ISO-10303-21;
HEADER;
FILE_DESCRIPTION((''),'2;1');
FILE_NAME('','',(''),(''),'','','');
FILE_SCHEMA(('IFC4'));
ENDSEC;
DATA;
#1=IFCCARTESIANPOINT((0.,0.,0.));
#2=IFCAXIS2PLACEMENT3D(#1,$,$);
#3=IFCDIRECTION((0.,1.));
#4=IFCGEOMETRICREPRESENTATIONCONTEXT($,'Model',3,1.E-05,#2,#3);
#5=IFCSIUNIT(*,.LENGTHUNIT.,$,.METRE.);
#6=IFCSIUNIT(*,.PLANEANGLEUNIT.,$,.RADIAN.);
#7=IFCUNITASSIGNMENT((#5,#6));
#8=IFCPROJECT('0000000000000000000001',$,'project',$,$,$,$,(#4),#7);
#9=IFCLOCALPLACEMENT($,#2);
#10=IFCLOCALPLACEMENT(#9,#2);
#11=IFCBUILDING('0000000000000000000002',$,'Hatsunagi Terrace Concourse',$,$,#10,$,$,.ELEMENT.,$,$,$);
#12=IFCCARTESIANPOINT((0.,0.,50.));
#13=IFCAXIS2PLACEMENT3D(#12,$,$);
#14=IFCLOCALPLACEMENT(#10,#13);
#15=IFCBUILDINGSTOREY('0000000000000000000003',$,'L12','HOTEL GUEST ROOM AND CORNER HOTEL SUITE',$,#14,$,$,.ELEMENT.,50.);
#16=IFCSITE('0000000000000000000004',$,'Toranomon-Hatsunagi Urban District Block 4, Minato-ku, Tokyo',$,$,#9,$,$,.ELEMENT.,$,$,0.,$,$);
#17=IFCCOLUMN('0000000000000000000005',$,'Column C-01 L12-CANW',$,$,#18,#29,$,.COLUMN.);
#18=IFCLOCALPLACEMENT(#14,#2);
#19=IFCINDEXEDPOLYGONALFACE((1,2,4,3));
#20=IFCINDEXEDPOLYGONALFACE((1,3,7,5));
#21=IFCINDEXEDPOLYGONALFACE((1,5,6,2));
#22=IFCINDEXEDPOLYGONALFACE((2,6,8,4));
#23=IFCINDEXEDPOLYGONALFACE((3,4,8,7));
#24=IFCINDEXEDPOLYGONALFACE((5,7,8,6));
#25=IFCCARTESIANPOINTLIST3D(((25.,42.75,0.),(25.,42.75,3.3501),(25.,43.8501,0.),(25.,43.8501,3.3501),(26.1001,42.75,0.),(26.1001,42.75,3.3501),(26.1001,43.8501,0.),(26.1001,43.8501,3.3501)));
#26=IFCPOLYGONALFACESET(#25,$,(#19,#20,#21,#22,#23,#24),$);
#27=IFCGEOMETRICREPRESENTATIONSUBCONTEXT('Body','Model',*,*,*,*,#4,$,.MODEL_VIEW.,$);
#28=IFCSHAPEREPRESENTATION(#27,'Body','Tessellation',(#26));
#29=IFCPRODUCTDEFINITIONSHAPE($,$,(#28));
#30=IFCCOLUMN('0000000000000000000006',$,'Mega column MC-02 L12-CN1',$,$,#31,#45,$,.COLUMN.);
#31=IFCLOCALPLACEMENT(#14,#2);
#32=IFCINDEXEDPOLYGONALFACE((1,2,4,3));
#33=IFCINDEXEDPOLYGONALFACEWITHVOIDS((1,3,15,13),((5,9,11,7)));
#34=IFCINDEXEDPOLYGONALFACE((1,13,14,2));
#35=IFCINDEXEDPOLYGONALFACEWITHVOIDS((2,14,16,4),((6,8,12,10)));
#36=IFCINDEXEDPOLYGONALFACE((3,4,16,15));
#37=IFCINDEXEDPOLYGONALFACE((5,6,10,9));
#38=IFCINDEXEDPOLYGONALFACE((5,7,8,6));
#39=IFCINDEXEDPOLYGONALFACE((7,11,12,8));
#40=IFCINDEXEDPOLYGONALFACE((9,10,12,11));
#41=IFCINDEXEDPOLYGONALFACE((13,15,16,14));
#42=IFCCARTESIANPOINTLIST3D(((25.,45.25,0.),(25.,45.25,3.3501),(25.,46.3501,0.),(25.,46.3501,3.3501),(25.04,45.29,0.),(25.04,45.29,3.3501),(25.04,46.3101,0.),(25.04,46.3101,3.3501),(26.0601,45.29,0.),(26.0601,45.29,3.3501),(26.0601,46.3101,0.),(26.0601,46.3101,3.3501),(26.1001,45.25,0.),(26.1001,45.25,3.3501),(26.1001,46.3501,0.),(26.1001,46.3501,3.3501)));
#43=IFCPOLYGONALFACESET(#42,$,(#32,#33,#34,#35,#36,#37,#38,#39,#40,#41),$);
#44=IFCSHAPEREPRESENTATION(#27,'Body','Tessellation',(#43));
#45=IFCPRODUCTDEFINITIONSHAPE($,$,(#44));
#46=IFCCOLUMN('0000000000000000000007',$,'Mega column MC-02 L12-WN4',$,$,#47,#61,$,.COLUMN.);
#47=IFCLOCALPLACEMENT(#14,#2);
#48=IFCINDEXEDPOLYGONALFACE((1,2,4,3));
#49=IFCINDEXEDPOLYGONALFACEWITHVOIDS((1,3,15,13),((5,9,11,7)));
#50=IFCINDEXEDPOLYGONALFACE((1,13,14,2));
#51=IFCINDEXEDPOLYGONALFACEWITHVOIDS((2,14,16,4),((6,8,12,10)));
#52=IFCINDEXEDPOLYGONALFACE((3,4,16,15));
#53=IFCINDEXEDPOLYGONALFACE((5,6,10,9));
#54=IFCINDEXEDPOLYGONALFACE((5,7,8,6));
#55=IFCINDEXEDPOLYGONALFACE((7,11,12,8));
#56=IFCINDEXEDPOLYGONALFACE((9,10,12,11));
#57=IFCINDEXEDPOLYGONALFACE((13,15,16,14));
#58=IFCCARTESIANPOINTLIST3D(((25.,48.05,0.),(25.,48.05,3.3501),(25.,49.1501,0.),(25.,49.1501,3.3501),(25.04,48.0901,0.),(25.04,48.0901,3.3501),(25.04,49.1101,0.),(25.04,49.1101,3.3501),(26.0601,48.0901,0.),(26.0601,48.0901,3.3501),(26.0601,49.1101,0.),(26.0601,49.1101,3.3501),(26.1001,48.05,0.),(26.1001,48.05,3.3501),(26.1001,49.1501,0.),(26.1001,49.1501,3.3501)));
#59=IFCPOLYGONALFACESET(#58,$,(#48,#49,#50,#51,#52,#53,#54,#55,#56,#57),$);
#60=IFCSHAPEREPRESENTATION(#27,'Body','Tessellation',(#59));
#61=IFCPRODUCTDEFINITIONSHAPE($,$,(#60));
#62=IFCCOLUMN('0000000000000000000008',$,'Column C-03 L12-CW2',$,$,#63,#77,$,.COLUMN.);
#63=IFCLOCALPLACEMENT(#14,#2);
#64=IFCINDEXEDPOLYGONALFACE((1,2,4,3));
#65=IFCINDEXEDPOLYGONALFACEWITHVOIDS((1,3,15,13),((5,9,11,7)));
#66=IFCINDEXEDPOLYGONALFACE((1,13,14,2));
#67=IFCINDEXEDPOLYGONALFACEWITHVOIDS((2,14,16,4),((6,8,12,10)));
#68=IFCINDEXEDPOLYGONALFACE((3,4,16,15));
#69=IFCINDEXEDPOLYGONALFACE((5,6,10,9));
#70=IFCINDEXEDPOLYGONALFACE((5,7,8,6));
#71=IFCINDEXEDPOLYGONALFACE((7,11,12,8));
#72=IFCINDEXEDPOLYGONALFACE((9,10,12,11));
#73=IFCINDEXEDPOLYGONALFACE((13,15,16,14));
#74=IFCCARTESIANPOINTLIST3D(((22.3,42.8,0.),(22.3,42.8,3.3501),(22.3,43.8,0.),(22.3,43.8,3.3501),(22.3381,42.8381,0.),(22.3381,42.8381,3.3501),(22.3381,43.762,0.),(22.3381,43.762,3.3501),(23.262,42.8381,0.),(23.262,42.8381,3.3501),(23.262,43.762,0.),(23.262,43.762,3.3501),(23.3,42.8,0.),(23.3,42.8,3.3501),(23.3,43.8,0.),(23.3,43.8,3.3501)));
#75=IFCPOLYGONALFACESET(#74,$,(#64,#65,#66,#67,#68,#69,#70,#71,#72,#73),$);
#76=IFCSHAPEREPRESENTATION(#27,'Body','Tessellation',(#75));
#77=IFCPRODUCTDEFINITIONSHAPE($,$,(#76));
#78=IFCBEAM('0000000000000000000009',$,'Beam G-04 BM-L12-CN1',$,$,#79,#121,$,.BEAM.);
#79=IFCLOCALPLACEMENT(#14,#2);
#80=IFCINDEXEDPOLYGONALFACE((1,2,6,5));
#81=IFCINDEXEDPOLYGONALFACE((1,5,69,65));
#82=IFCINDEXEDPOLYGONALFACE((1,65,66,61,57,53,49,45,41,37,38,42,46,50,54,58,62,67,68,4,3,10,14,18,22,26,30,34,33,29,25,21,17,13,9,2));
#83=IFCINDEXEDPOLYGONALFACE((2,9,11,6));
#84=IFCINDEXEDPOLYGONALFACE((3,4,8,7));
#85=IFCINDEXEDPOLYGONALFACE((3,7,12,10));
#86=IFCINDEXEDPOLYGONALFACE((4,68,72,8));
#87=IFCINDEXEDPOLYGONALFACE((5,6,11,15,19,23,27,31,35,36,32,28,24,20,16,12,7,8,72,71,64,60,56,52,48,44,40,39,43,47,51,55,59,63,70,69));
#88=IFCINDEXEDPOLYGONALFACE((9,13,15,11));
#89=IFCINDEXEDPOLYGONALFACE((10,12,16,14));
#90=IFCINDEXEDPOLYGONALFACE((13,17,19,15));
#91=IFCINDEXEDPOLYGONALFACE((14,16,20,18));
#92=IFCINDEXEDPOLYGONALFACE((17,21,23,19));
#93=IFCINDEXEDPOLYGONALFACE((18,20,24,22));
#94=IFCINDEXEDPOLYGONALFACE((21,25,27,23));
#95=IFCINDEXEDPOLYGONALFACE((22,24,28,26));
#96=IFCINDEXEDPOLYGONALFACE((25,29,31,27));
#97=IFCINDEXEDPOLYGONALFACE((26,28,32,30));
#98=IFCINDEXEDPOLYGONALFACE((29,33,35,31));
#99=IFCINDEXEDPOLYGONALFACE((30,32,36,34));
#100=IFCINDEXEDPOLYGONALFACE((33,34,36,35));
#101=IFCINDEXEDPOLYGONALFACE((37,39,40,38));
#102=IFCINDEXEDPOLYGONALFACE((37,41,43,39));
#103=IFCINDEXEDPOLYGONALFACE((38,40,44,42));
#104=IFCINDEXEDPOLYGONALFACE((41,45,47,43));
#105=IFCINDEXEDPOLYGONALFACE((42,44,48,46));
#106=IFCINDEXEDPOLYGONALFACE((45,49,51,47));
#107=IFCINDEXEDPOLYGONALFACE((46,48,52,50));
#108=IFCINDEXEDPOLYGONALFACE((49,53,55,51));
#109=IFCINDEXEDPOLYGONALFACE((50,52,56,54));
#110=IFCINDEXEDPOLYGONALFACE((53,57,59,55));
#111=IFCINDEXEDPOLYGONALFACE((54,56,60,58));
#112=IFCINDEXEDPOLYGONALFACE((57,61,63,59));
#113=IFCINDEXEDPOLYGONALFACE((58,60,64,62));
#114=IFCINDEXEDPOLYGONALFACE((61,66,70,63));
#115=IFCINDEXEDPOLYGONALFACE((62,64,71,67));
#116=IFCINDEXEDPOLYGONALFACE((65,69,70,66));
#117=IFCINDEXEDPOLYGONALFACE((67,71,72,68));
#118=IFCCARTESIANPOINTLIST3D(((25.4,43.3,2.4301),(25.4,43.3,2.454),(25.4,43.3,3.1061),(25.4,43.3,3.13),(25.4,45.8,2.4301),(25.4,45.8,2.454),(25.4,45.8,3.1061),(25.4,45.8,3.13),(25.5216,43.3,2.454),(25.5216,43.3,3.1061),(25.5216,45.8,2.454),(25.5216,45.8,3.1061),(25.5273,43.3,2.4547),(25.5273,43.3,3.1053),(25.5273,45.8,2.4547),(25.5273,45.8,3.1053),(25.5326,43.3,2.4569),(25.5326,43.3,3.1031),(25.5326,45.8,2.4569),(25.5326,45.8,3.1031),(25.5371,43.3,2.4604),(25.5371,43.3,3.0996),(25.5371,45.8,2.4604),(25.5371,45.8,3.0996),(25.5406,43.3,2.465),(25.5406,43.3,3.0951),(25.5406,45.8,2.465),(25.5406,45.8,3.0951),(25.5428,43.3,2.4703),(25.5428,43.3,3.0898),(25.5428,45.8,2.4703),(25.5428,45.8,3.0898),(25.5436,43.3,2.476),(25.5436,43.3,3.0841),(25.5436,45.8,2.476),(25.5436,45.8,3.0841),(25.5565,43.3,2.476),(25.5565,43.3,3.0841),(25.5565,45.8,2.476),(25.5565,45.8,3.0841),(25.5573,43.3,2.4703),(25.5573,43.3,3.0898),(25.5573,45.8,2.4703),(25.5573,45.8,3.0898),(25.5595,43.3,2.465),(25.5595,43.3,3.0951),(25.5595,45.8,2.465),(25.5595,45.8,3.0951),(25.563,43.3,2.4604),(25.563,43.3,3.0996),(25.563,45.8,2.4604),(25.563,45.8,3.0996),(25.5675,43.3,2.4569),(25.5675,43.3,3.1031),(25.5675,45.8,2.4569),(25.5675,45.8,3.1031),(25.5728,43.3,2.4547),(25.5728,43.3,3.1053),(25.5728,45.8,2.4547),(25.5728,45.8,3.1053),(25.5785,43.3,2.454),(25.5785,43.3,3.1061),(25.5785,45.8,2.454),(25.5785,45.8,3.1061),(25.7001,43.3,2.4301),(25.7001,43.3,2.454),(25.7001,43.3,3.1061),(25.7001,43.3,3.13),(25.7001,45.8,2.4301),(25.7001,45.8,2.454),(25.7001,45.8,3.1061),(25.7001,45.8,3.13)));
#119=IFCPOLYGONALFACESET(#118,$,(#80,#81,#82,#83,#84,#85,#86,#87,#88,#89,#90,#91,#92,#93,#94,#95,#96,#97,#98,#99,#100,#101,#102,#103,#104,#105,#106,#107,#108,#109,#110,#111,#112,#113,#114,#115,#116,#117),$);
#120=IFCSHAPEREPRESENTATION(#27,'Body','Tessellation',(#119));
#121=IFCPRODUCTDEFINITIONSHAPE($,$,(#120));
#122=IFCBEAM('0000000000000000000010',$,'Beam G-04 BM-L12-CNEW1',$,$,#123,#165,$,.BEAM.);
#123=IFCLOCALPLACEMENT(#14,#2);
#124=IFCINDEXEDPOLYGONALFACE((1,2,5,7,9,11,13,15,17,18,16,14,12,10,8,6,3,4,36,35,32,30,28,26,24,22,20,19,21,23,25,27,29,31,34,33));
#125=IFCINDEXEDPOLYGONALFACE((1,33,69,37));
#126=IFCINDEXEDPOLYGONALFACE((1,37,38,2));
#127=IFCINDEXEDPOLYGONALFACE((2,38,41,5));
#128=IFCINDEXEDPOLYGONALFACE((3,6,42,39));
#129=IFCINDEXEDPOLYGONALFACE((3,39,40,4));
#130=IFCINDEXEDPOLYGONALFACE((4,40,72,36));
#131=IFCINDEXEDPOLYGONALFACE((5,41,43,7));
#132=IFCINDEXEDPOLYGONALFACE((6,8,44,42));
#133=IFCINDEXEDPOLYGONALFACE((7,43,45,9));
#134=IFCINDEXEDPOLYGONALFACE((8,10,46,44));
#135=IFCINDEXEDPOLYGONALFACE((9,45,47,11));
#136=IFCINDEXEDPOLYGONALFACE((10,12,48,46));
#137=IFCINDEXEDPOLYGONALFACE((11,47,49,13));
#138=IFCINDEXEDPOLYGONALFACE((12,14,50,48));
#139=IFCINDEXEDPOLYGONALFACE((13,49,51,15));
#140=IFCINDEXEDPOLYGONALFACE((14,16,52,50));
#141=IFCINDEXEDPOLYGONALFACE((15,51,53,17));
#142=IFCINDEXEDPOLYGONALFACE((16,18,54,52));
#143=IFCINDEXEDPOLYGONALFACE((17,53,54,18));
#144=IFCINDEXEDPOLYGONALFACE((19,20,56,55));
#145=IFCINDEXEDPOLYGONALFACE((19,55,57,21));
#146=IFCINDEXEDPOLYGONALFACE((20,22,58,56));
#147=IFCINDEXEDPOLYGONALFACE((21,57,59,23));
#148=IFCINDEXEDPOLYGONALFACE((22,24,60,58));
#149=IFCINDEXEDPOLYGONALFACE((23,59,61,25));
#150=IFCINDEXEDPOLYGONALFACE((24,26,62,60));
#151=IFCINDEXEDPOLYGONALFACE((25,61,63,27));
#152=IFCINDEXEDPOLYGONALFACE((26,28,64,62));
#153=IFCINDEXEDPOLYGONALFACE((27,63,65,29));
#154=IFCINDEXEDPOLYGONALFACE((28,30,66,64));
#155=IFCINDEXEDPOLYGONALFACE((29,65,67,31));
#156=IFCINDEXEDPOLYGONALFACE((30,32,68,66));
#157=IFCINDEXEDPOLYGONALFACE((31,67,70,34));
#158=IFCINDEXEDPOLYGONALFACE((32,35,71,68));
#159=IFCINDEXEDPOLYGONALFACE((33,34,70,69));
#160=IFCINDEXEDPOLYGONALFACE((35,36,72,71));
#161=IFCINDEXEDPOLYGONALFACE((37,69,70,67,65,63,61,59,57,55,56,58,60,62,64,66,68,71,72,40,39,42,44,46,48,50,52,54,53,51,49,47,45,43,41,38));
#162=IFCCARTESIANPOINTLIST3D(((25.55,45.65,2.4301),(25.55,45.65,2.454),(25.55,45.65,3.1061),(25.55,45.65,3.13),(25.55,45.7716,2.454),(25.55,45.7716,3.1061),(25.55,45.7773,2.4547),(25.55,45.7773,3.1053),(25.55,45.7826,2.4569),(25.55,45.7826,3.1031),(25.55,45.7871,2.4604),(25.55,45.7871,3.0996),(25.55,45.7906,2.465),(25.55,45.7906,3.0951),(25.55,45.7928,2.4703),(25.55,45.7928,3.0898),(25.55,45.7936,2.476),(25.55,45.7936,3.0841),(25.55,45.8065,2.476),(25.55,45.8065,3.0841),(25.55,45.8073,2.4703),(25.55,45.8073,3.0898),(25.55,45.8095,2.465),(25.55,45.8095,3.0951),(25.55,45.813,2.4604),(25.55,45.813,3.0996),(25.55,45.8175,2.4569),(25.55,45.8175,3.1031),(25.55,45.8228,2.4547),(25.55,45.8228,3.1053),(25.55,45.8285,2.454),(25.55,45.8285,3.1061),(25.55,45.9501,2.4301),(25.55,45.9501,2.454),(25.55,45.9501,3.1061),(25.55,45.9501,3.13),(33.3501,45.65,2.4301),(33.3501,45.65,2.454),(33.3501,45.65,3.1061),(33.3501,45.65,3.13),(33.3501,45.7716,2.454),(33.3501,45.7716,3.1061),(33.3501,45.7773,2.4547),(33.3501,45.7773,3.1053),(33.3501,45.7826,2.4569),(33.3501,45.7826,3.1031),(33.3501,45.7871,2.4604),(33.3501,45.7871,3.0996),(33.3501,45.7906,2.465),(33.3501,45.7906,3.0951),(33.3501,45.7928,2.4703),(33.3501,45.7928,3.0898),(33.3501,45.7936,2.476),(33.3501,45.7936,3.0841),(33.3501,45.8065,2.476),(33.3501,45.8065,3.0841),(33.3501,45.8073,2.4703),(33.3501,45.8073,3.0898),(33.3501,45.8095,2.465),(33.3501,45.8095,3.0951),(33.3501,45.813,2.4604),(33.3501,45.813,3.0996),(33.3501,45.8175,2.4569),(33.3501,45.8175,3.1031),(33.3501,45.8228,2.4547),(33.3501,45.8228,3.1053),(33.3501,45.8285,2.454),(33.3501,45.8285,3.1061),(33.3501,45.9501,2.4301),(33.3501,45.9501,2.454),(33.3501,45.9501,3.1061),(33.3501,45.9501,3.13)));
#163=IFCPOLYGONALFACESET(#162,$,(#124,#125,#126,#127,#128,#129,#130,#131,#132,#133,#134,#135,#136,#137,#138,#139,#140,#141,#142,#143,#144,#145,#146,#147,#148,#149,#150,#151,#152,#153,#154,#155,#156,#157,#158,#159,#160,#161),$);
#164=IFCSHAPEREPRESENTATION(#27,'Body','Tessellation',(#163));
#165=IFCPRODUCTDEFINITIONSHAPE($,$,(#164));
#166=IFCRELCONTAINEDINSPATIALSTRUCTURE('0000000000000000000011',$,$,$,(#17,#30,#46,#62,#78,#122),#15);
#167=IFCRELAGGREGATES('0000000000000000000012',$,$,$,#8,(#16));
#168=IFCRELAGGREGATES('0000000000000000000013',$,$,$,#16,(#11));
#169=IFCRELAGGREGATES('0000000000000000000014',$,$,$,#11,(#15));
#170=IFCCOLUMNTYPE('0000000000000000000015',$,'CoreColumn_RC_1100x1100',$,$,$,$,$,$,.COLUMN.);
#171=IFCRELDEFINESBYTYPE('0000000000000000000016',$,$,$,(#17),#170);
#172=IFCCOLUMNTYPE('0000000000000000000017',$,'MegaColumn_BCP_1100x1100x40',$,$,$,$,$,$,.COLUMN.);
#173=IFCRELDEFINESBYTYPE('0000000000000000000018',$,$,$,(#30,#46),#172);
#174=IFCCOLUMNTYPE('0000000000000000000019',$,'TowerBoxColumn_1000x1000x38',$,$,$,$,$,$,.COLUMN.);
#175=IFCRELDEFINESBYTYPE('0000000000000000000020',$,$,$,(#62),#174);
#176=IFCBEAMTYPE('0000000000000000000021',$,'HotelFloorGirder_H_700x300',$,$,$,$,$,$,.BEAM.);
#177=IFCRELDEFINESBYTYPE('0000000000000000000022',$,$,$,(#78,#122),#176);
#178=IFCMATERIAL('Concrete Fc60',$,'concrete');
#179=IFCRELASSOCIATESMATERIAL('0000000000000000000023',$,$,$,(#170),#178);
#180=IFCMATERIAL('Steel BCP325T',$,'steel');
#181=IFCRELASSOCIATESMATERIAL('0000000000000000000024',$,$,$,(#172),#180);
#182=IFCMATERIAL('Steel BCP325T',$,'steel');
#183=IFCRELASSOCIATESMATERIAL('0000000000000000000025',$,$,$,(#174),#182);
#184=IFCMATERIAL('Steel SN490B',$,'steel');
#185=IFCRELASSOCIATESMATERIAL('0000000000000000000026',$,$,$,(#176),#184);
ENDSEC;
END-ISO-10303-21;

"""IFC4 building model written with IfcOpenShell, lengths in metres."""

from ifc_helpers import new_model, si_unit, direction, frame, origin, origin_2d, place, context, subcontext, project, spatial, rectangle, hollow_rectangle, i_section, extrude, material, material_profile, profile_set, type_object, element, save


model = new_model("IFC4")

# Units and contexts
model_context = context("Model", 3, precision=1e-05, world=origin(), true_north=direction((0.0, 1.0)))
body_context = subcontext(model_context, "Body", "Model", "MODEL_VIEW")
ifc_project = project(units=[si_unit("LENGTHUNIT", "METRE"), si_unit("PLANEANGLEUNIT", "RADIAN")], contexts=[model_context])

# Site, building, storey
site_placement = place(None, origin())
site = spatial("IfcSite", under=ifc_project, at=site_placement, Name="Toranomon-Hatsunagi Urban District Block 4, Minato-ku, Tokyo", CompositionType="ELEMENT", RefElevation=0.0)
building_placement = place(site_placement, origin())
building = spatial("IfcBuilding", under=site, at=building_placement, Name="Hatsunagi Terrace Concourse", CompositionType="ELEMENT")
storey_placement = place(building_placement, frame((0.0, 0.0, 50.0)))
storey = spatial("IfcBuildingStorey", under=building, at=storey_placement, Name="L12", Description="HOTEL GUEST ROOM AND CORNER HOTEL SUITE", CompositionType="ELEMENT", Elevation=50.0)

# Columns
ifc_material_1 = material(Name="Concrete Fc60", Category="concrete")
ifc_material_profile_1 = material_profile(ifc_material_1, rectangle(XDim=1.1001, YDim=1.1001, at=origin_2d()), Name="RC-1100x1100")
ifc_profile_set_1 = profile_set([ifc_material_profile_1], Name="Concrete Fc60")
column_type_1 = type_object("IfcColumnType", Name="CoreColumn_RC_1100x1100", PredefinedType="COLUMN", material=ifc_profile_set_1)
column_1_placement = place(storey_placement, frame((25.55, 43.3, 0.0), z_axis=(0.0, 0.0, 1.0), x_axis=(1.0, 0.0, 0.0)))
element("IfcColumn", 1, at=column_1_placement, inside=storey, type_object=column_type_1, Name="Column C-01 L12-CANW", PredefinedType="COLUMN", context=body_context, shape_type="SweptSolid", body=[
    extrude(rectangle(XDim=1.1001, YDim=1.1001, at=origin_2d()), origin(), (0.0, 0.0, 1.0), 3.3501),
])
ifc_material_2 = material(Name="Steel BCP325T", Category="steel")
ifc_material_profile_2 = material_profile(ifc_material_2, hollow_rectangle(XDim=1.1001, YDim=1.1001, WallThickness=0.04, at=origin_2d()), Name="BCP-1100x1100x40")
ifc_profile_set_2 = profile_set([ifc_material_profile_2], Name="Steel BCP325T")
column_type_2 = type_object("IfcColumnType", Name="MegaColumn_BCP_1100x1100x40", PredefinedType="COLUMN", material=ifc_profile_set_2)
for number, where, z_axis, x_axis, name in (
    (2, (25.55, 45.8, 0.0), (0.0, 0.0, 1.0), (1.0, 0.0, 0.0), "Mega column MC-02 L12-CN1"),
    (3, (25.55, 48.6001, 0.0), (0.0, 0.0, 1.0), (1.0, 0.0, 0.0), "Mega column MC-02 L12-WN4"),
):
    element("IfcColumn", number, at=place(storey_placement, frame(where, z_axis=z_axis, x_axis=x_axis)), inside=storey, type_object=column_type_2, Name=name, PredefinedType="COLUMN", context=body_context, shape_type="SweptSolid", body=[
        extrude(hollow_rectangle(XDim=1.1001, YDim=1.1001, WallThickness=0.04, at=origin_2d()), origin(), (0.0, 0.0, 1.0), 3.3501),
    ])
ifc_material_3 = material(Name="Steel BCP325T", Category="steel")
ifc_material_profile_3 = material_profile(ifc_material_3, hollow_rectangle(XDim=1.0, YDim=1.0, WallThickness=0.0381, at=origin_2d()), Name="BCP-1000x1000x38")
ifc_profile_set_3 = profile_set([ifc_material_profile_3], Name="Steel BCP325T")
column_type_3 = type_object("IfcColumnType", Name="TowerBoxColumn_1000x1000x38", PredefinedType="COLUMN", material=ifc_profile_set_3)
column_2_placement = place(storey_placement, frame((22.8, 43.3, 0.0), z_axis=(0.0, 0.0, 1.0), x_axis=(1.0, 0.0, 0.0)))
element("IfcColumn", 4, at=column_2_placement, inside=storey, type_object=column_type_3, Name="Column C-03 L12-CW2", PredefinedType="COLUMN", context=body_context, shape_type="SweptSolid", body=[
    extrude(hollow_rectangle(XDim=1.0, YDim=1.0, WallThickness=0.0381, at=origin_2d()), origin(), (0.0, 0.0, 1.0), 3.3501),
])

# Beams
ifc_material_4 = material(Name="Steel SN490B", Category="steel")
ifc_material_profile_4 = material_profile(ifc_material_4, i_section(OverallWidth=0.3, OverallDepth=0.7, WebThickness=0.0129, FlangeThickness=0.0239, FilletRadius=0.022, at=origin_2d()), Name="H-700x300x13x24")
ifc_profile_set_4 = profile_set([ifc_material_profile_4], Name="Steel SN490B")
beam_type_1 = type_object("IfcBeamType", Name="HotelFloorGirder_H_700x300", PredefinedType="BEAM", material=ifc_profile_set_4)
beam_1_placement = place(storey_placement, frame((25.55, 43.3, 2.78), z_axis=(0.0, 1.0, 0.0), x_axis=(-1.0, 0.0, 0.0)))
element("IfcBeam", 5, at=beam_1_placement, inside=storey, type_object=beam_type_1, Name="Beam G-04 BM-L12-CN1", PredefinedType="BEAM", context=body_context, shape_type="SweptSolid", body=[
    extrude(i_section(OverallWidth=0.3, OverallDepth=0.7, WebThickness=0.0129, FlangeThickness=0.0239, FilletRadius=0.022, at=origin_2d()), origin(), (0.0, 0.0, 1.0), 2.5),
])
beam_2_placement = place(storey_placement, frame((25.55, 45.8, 2.78), z_axis=(1.0, 0.0, 0.0), x_axis=(0.0, 1.0, 0.0)))
element("IfcBeam", 6, at=beam_2_placement, inside=storey, type_object=beam_type_1, Name="Beam G-04 BM-L12-CNEW1", PredefinedType="BEAM", context=body_context, shape_type="SweptSolid", body=[
    extrude(i_section(OverallWidth=0.3, OverallDepth=0.7, WebThickness=0.0129, FlangeThickness=0.0239, FilletRadius=0.022, at=origin_2d()), origin(), (0.0, 0.0, 1.0), 7.8),
])

save(model, "model.ifc")
